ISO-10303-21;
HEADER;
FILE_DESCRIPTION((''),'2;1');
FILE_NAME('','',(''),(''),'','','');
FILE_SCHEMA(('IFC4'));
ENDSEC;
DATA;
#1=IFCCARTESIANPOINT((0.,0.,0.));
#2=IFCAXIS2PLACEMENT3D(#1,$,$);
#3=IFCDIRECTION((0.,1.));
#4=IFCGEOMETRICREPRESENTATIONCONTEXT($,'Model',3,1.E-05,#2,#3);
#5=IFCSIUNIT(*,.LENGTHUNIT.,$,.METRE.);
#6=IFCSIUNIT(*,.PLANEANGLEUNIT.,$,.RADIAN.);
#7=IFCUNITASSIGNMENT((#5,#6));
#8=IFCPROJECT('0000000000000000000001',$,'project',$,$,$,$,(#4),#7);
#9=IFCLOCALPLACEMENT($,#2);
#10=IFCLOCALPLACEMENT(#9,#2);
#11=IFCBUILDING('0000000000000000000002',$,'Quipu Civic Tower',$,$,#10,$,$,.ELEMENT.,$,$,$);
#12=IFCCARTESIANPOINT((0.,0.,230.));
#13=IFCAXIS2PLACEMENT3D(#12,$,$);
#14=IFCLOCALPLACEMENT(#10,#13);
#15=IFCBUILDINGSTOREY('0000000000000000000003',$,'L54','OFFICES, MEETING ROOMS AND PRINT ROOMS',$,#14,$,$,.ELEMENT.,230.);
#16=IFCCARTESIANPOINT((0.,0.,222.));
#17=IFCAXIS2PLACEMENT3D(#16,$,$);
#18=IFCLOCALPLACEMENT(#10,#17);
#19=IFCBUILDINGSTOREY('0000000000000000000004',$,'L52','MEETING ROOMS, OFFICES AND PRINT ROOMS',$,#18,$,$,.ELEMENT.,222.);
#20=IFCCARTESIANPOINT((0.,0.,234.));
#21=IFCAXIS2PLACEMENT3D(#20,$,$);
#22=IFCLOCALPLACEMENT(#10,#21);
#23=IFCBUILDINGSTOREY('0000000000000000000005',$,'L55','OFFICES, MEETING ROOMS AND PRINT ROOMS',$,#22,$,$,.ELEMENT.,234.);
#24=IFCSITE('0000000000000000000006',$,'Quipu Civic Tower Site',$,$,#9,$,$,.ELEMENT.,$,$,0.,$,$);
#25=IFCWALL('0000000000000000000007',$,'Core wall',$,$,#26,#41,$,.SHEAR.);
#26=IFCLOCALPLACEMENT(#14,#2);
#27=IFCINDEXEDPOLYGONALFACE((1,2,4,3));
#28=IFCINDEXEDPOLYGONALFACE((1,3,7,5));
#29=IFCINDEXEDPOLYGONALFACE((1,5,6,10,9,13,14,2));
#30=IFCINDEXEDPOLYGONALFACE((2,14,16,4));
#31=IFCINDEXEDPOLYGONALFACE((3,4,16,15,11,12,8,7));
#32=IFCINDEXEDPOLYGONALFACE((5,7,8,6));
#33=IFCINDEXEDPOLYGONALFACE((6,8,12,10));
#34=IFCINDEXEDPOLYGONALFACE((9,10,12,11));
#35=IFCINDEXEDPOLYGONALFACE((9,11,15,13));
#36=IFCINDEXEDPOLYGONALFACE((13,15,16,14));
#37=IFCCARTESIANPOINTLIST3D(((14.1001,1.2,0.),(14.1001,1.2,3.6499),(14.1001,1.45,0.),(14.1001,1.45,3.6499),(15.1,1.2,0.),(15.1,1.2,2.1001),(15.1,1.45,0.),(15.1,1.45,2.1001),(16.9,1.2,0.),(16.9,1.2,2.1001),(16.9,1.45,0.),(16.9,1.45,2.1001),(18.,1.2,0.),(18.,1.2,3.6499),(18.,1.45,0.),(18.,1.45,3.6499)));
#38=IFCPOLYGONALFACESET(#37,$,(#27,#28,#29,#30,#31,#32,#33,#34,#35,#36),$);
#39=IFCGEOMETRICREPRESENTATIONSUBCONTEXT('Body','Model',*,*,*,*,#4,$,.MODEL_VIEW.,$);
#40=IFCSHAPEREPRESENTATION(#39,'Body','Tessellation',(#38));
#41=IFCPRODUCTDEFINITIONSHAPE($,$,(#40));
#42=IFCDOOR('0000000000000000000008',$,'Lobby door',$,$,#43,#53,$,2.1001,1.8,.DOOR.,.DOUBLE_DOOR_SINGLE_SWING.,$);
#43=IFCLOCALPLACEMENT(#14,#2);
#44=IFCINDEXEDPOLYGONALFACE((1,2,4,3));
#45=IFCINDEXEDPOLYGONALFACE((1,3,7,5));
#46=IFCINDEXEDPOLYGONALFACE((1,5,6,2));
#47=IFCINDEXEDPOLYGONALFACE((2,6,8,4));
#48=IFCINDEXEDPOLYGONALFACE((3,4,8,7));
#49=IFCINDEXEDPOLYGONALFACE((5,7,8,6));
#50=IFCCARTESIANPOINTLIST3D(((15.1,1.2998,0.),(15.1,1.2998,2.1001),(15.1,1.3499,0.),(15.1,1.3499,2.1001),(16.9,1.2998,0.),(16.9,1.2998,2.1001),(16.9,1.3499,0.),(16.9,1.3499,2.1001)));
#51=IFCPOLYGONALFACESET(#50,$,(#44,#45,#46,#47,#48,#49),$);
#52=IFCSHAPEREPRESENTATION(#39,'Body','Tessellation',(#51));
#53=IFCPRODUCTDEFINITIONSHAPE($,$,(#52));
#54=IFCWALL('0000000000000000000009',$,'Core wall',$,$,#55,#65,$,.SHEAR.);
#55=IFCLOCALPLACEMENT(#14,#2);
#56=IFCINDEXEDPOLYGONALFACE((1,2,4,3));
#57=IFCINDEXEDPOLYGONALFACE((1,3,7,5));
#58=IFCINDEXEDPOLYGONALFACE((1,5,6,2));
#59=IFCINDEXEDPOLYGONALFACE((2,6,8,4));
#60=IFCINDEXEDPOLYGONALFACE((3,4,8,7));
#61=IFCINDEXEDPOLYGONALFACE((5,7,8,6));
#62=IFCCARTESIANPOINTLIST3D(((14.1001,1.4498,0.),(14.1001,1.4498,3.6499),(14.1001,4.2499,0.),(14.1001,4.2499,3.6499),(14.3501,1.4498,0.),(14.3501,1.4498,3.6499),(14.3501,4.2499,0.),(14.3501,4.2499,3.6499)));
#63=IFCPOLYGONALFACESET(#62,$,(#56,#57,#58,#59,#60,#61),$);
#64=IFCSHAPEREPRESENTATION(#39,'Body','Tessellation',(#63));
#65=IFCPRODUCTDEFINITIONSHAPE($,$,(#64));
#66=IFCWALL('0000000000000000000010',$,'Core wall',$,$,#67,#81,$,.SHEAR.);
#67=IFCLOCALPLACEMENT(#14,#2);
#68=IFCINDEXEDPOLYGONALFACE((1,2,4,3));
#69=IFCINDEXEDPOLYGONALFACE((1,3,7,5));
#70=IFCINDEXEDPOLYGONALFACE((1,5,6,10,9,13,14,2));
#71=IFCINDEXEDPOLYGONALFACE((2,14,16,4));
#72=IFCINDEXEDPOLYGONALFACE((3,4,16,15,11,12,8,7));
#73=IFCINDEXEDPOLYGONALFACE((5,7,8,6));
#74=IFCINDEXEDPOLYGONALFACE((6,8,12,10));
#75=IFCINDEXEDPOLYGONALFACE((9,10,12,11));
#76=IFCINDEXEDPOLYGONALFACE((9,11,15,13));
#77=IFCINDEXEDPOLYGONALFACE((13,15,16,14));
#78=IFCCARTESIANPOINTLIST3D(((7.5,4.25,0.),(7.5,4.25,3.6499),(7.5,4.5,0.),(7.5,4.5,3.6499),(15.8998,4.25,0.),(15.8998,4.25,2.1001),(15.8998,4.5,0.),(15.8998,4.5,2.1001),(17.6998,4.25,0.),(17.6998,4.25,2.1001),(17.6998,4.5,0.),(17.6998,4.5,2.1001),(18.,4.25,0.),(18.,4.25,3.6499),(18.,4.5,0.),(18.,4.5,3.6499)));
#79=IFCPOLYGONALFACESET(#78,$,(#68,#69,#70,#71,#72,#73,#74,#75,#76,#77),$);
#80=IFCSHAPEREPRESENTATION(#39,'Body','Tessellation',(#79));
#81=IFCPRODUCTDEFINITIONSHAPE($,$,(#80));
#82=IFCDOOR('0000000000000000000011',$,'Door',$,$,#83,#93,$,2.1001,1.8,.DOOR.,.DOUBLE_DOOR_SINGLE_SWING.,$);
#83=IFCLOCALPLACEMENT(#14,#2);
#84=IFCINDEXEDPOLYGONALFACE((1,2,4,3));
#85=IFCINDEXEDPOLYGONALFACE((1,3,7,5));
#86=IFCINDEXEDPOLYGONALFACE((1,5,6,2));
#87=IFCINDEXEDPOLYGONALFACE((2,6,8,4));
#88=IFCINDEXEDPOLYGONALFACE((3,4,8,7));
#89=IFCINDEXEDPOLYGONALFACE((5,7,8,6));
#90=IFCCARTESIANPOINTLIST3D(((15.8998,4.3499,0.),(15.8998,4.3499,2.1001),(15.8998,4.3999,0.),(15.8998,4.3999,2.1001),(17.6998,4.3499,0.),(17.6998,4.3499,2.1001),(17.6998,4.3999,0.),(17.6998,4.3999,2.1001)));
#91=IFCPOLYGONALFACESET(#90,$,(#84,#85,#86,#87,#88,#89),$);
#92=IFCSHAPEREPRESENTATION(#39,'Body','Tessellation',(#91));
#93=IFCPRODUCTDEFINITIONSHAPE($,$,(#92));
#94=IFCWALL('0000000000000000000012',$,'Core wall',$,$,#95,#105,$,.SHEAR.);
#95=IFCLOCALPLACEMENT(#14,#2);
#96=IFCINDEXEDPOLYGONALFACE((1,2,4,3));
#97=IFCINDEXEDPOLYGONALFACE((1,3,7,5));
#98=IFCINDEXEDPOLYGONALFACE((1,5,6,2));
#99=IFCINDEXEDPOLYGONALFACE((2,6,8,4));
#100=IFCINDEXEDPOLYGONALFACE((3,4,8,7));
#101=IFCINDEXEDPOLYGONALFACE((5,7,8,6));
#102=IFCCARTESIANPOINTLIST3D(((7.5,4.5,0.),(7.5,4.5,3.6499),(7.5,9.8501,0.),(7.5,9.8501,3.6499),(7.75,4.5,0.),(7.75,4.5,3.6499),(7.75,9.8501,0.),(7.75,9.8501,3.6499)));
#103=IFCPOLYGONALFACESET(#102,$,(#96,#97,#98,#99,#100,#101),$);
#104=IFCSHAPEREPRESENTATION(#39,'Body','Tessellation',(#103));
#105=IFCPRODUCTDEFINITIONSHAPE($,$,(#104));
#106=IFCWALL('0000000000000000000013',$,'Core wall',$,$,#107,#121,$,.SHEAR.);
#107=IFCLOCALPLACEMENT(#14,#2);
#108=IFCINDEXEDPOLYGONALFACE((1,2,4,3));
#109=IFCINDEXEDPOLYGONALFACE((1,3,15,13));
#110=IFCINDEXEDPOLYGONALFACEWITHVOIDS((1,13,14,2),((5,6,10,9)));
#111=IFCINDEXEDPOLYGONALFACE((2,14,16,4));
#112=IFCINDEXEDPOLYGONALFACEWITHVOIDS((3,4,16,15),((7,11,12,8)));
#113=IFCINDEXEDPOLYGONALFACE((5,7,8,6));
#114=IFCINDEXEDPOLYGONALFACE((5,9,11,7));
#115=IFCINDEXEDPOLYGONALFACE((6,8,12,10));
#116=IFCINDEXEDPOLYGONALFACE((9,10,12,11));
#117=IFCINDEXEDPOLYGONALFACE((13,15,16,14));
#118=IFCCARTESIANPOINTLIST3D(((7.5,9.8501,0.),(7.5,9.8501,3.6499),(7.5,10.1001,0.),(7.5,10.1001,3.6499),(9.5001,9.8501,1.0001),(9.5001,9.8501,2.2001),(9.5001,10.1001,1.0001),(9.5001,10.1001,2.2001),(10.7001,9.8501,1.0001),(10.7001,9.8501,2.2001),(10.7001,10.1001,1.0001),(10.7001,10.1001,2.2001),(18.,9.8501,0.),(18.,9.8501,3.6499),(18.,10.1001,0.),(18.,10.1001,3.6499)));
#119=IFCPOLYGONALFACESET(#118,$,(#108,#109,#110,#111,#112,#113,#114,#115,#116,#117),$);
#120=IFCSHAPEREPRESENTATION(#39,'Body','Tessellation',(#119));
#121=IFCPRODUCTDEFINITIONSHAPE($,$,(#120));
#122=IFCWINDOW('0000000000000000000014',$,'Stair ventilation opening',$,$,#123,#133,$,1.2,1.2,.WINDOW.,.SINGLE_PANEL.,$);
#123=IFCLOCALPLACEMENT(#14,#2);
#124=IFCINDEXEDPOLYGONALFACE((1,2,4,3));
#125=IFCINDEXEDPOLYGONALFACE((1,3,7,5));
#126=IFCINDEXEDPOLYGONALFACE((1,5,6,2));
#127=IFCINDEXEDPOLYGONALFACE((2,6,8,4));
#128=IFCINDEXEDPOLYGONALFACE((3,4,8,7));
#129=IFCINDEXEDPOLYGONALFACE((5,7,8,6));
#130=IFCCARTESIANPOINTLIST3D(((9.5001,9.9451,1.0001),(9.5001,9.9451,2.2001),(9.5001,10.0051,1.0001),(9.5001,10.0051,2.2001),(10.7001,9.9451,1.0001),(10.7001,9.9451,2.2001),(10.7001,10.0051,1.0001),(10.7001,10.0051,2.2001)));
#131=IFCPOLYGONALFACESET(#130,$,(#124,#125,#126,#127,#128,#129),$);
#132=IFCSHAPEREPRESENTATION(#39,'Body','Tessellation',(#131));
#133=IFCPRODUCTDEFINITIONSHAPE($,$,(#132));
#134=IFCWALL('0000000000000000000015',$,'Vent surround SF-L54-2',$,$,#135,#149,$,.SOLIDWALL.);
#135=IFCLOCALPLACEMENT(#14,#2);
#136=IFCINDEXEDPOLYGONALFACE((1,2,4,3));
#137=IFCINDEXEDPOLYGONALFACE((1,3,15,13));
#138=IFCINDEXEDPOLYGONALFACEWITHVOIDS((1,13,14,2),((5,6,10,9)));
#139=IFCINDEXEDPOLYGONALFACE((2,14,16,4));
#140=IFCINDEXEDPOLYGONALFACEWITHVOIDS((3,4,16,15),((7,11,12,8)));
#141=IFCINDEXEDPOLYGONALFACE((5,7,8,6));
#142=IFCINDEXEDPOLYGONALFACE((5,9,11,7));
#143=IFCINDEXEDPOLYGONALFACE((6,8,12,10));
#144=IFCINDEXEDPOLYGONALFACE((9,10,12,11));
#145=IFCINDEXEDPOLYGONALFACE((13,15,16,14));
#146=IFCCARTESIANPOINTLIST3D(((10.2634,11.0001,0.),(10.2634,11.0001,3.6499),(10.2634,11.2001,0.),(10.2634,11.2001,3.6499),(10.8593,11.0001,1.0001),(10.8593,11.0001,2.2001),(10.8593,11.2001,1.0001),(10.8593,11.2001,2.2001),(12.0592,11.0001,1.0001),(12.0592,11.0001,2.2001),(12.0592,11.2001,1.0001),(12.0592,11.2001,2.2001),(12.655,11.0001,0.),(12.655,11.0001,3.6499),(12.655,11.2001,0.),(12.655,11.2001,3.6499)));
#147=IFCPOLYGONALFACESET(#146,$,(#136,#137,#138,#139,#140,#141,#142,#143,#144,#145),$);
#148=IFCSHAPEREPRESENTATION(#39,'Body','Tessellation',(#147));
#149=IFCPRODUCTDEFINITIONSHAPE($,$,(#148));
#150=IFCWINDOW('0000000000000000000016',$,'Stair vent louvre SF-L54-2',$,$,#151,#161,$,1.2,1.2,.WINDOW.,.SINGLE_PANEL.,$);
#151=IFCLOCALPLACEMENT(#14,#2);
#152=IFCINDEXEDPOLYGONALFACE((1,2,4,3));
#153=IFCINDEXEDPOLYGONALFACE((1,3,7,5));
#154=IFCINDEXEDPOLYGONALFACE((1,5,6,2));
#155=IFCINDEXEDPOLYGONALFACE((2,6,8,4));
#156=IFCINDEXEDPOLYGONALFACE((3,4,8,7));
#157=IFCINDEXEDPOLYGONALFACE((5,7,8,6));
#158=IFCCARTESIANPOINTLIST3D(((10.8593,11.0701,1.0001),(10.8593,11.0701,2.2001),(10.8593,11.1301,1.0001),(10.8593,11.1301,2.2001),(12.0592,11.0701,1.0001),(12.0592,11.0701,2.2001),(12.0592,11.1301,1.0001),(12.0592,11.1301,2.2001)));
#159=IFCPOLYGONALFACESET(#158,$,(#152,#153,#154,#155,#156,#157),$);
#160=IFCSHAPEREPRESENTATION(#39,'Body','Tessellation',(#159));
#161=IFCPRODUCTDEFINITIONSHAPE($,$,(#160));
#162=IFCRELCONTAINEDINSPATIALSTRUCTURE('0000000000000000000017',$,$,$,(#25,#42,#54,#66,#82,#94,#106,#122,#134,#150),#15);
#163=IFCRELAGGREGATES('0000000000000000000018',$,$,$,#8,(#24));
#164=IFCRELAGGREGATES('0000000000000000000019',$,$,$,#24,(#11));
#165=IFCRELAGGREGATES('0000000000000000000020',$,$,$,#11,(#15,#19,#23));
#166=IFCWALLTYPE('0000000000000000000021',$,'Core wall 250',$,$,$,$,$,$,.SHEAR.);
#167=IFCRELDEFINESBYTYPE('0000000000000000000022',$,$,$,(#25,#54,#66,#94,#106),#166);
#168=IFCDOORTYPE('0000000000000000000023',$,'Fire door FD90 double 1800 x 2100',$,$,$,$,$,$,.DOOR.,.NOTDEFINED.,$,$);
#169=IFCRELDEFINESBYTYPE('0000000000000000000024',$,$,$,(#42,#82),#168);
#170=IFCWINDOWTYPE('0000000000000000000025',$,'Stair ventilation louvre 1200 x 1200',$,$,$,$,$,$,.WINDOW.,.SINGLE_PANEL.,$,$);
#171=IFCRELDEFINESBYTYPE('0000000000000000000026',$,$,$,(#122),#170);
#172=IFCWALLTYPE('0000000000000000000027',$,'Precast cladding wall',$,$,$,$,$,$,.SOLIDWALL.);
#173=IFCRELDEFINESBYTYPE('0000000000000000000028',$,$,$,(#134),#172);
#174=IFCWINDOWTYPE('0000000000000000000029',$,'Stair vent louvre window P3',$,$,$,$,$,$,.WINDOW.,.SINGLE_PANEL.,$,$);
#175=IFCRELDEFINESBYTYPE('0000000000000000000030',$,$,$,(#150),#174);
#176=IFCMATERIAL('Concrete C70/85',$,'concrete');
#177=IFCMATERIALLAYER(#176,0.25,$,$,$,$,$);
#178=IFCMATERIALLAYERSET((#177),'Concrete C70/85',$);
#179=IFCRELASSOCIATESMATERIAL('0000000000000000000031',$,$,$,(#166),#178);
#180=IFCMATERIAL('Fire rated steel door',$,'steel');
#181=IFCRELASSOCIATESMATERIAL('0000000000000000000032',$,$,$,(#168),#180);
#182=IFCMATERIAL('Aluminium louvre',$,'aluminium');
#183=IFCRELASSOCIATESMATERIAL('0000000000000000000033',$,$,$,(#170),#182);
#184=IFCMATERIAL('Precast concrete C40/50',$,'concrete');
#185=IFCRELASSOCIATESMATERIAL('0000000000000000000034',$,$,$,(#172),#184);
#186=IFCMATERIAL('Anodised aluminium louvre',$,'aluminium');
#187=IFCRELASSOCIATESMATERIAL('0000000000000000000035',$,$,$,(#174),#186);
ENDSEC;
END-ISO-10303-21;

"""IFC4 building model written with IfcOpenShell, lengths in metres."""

from ifc_helpers import new_model, si_unit, direction, frame, frame_2d, origin, place, context, subcontext, project, spatial, rectangle, extrude, material, layer, layer_set, type_object, element, fill, save


model = new_model("IFC4")

# Units and contexts
model_context = context("Model", 3, precision=1e-05, world=origin(), true_north=direction((0.0, 1.0)))
body_context = subcontext(model_context, "Body", "Model", "MODEL_VIEW")
ifc_project = project(units=[si_unit("LENGTHUNIT", "METRE"), si_unit("PLANEANGLEUNIT", "RADIAN")], contexts=[model_context])

# Site, building, storey
site_placement = place(None, origin())
site = spatial("IfcSite", under=ifc_project, at=site_placement, Name="Quipu Civic Tower Site", CompositionType="ELEMENT", RefElevation=0.0)
building_placement = place(site_placement, origin())
building = spatial("IfcBuilding", under=site, at=building_placement, Name="Quipu Civic Tower", CompositionType="ELEMENT")
storey_1_placement = place(building_placement, frame((0.0, 0.0, 230.0)))
storey_1 = spatial("IfcBuildingStorey", under=building, at=storey_1_placement, Name="L54", Description="OFFICES, MEETING ROOMS AND PRINT ROOMS", CompositionType="ELEMENT", Elevation=230.0)

# Shared definitions
storey_2_placement = place(building_placement, frame((0.0, 0.0, 222.0)))
storey_2 = spatial("IfcBuildingStorey", under=building, at=storey_2_placement, Name="L52", Description="MEETING ROOMS, OFFICES AND PRINT ROOMS", CompositionType="ELEMENT", Elevation=222.0)

# Shared definitions
storey_3_placement = place(building_placement, frame((0.0, 0.0, 234.0)))
storey_3 = spatial("IfcBuildingStorey", under=building, at=storey_3_placement, Name="L55", Description="OFFICES, MEETING ROOMS AND PRINT ROOMS", CompositionType="ELEMENT", Elevation=234.0)

# Wall, opening, door
ifc_material_1 = material(Name="Concrete C70/85", Category="concrete")
ifc_layer_1 = layer(ifc_material_1, 0.25)
ifc_layer_set_1 = layer_set([ifc_layer_1], Name="Concrete C70/85")
wall_type_1 = type_object("IfcWallType", Name="Core wall 250", PredefinedType="SHEAR", material=ifc_layer_set_1)
wall_1_placement = place(storey_1_placement, frame((14.1001, 1.325, 0.0), z_axis=(0.0, 0.0, 1.0), x_axis=(1.0, 0.0, 0.0)))
wall_1 = element("IfcWall", 1, at=wall_1_placement, inside=storey_1, type_object=wall_type_1, Name="Core wall", PredefinedType="SHEAR", context=body_context, shape_type="SweptSolid", body=[
    extrude(rectangle(XDim=3.8999, YDim=0.25, at=frame_2d((1.95, 0.0))), origin(), (0.0, 0.0, 1.0), 3.6499),
])
opening_1_placement = place(wall_1_placement, frame((1.0, 0.0, 0.0)))
opening_1 = element("IfcOpeningElement", 2, at=opening_1_placement, cuts=wall_1, PredefinedType="OPENING", context=body_context, shape_type="SweptSolid", body=[
    extrude(rectangle(XDim=1.8, YDim=2.1001, at=frame_2d((0.8999, 1.05))), frame((0.0, 0.135, 0.0), z_axis=(0.0, -1.0, 0.0), x_axis=(1.0, 0.0, 0.0)), (0.0, 0.0, 1.0), 0.27),
])
ifc_material_2 = material(Name="Fire rated steel door", Category="steel")
door_type = type_object("IfcDoorType", Name="Fire door FD90 double 1800 x 2100", OperationType="NOTDEFINED", PredefinedType="DOOR", material=ifc_material_2)
door_1_placement = place(opening_1_placement, origin())
door_1 = element("IfcDoor", 3, at=door_1_placement, inside=storey_1, type_object=door_type, Name="Lobby door", OperationType="DOUBLE_DOOR_SINGLE_SWING", OverallHeight=2.1001, OverallWidth=1.8, PredefinedType="DOOR", context=body_context, shape_type="SweptSolid", body=[
    extrude(rectangle(XDim=1.8, YDim=2.1001, at=frame_2d((0.8999, 1.05))), frame((0.0, 0.0249, 0.0), z_axis=(0.0, -1.0, 0.0), x_axis=(1.0, 0.0, 0.0)), (0.0, 0.0, 1.0), 0.05),
])
fill(opening_1, door_1)

# Wall
wall_2_placement = place(storey_1_placement, frame((14.2251, 1.45, 0.0), z_axis=(0.0, 0.0, 1.0), x_axis=(0.0, 1.0, 0.0)))
element("IfcWall", 4, at=wall_2_placement, inside=storey_1, type_object=wall_type_1, Name="Core wall", PredefinedType="SHEAR", context=body_context, shape_type="SweptSolid", body=[
    extrude(rectangle(XDim=2.8, YDim=0.25, at=frame_2d((1.3999, 0.0))), origin(), (0.0, 0.0, 1.0), 3.6499),
])

# Wall, opening, door
wall_3_placement = place(storey_1_placement, frame((7.5, 4.375, 0.0), z_axis=(0.0, 0.0, 1.0), x_axis=(1.0, 0.0, 0.0)))
wall_3 = element("IfcWall", 5, at=wall_3_placement, inside=storey_1, type_object=wall_type_1, Name="Core wall", PredefinedType="SHEAR", context=body_context, shape_type="SweptSolid", body=[
    extrude(rectangle(XDim=10.5, YDim=0.25, at=frame_2d((5.25, 0.0))), origin(), (0.0, 0.0, 1.0), 3.6499),
])
opening_2_placement = place(wall_3_placement, frame((8.3999, 0.0, 0.0)))
opening_2 = element("IfcOpeningElement", 6, at=opening_2_placement, cuts=wall_3, PredefinedType="OPENING", context=body_context, shape_type="SweptSolid", body=[
    extrude(rectangle(XDim=1.8, YDim=2.1001, at=frame_2d((0.8999, 1.05))), frame((0.0, 0.135, 0.0), z_axis=(0.0, -1.0, 0.0), x_axis=(1.0, 0.0, 0.0)), (0.0, 0.0, 1.0), 0.27),
])
door_2_placement = place(opening_2_placement, origin())
door_2 = element("IfcDoor", 7, at=door_2_placement, inside=storey_1, type_object=door_type, Name="Door", OperationType="DOUBLE_DOOR_SINGLE_SWING", OverallHeight=2.1001, OverallWidth=1.8, PredefinedType="DOOR", context=body_context, shape_type="SweptSolid", body=[
    extrude(rectangle(XDim=1.8, YDim=2.1001, at=frame_2d((0.8999, 1.05))), frame((0.0, 0.0249, 0.0), z_axis=(0.0, -1.0, 0.0), x_axis=(1.0, 0.0, 0.0)), (0.0, 0.0, 1.0), 0.05),
])
fill(opening_2, door_2)

# Wall
wall_4_placement = place(storey_1_placement, frame((7.625, 4.5, 0.0), z_axis=(0.0, 0.0, 1.0), x_axis=(0.0, 1.0, 0.0)))
element("IfcWall", 8, at=wall_4_placement, inside=storey_1, type_object=wall_type_1, Name="Core wall", PredefinedType="SHEAR", context=body_context, shape_type="SweptSolid", body=[
    extrude(rectangle(XDim=5.3501, YDim=0.25, at=frame_2d((2.675, 0.0))), origin(), (0.0, 0.0, 1.0), 3.6499),
])

# Walls, openings, windows
wall_5_placement = place(storey_1_placement, frame((7.5, 9.9751, 0.0), z_axis=(0.0, 0.0, 1.0), x_axis=(1.0, 0.0, 0.0)))
wall_5 = element("IfcWall", 9, at=wall_5_placement, inside=storey_1, type_object=wall_type_1, Name="Core wall", PredefinedType="SHEAR", context=body_context, shape_type="SweptSolid", body=[
    extrude(rectangle(XDim=10.5, YDim=0.25, at=frame_2d((5.25, 0.0))), origin(), (0.0, 0.0, 1.0), 3.6499),
])
opening_3_placement = place(wall_5_placement, frame((2.0, 0.0, 1.0)))
opening_3 = element("IfcOpeningElement", 10, at=opening_3_placement, cuts=wall_5, PredefinedType="OPENING", context=body_context, shape_type="SweptSolid", body=[
    extrude(rectangle(XDim=1.2, YDim=1.2, at=frame_2d((0.6001, 0.6001))), frame((0.0, 0.135, 0.0), z_axis=(0.0, -1.0, 0.0), x_axis=(1.0, 0.0, 0.0)), (0.0, 0.0, 1.0), 0.27),
])
ifc_material_3 = material(Name="Aluminium louvre", Category="aluminium")
window_type_1 = type_object("IfcWindowType", Name="Stair ventilation louvre 1200 x 1200", PartitioningType="SINGLE_PANEL", PredefinedType="WINDOW", material=ifc_material_3)
window_1_placement = place(opening_3_placement, origin())
window_1 = element("IfcWindow", 11, at=window_1_placement, inside=storey_1, type_object=window_type_1, Name="Stair ventilation opening", OverallHeight=1.2, OverallWidth=1.2, PartitioningType="SINGLE_PANEL", PredefinedType="WINDOW", context=body_context, shape_type="SweptSolid", body=[
    extrude(rectangle(XDim=1.2, YDim=1.2, at=frame_2d((0.6001, 0.6001))), frame((0.0, 0.03, 0.0), z_axis=(0.0, -1.0, 0.0), x_axis=(1.0, 0.0, 0.0)), (0.0, 0.0, 1.0), 0.0601),
])
fill(opening_3, window_1)
ifc_material_4 = material(Name="Precast concrete C40/50", Category="concrete")
wall_type_2 = type_object("IfcWallType", Name="Precast cladding wall", PredefinedType="SOLIDWALL", material=ifc_material_4)
wall_6_placement = place(storey_1_placement, frame((12.655, 11.1001, 0.0), z_axis=(0.0, 0.0, 1.0), x_axis=(-1.0, 0.0, 0.0)))
wall_6 = element("IfcWall", 12, at=wall_6_placement, inside=storey_1, type_object=wall_type_2, Name="Vent surround SF-L54-2", PredefinedType="SOLIDWALL", context=body_context, shape_type="SweptSolid", body=[
    extrude(rectangle(XDim=2.3916, YDim=0.2, at=frame_2d((1.1958, 0.0))), origin(), (0.0, 0.0, 1.0), 3.6499),
])
opening_4_placement = place(wall_6_placement, frame((0.5957, 0.0, 1.0)))
opening_4 = element("IfcOpeningElement", 13, at=opening_4_placement, cuts=wall_6, PredefinedType="OPENING", context=body_context, shape_type="SweptSolid", body=[
    extrude(rectangle(XDim=1.2, YDim=1.2, at=frame_2d((0.6001, 0.6001))), frame((0.0, 0.1099, 0.0), z_axis=(0.0, -1.0, 0.0), x_axis=(1.0, 0.0, 0.0)), (0.0, 0.0, 1.0), 0.22),
])
ifc_material_5 = material(Name="Anodised aluminium louvre", Category="aluminium")
window_type_2 = type_object("IfcWindowType", Name="Stair vent louvre window P3", PartitioningType="SINGLE_PANEL", PredefinedType="WINDOW", material=ifc_material_5)
window_2_placement = place(opening_4_placement, origin())
window_2 = element("IfcWindow", 14, at=window_2_placement, inside=storey_1, type_object=window_type_2, Name="Stair vent louvre SF-L54-2", OverallHeight=1.2, OverallWidth=1.2, PartitioningType="SINGLE_PANEL", PredefinedType="WINDOW", context=body_context, shape_type="SweptSolid", body=[
    extrude(rectangle(XDim=1.2, YDim=1.2, at=frame_2d((0.6001, 0.6001))), frame((0.0, 0.03, 0.0), z_axis=(0.0, -1.0, 0.0), x_axis=(1.0, 0.0, 0.0)), (0.0, 0.0, 1.0), 0.0601),
])
fill(opening_4, window_2)

save(model, "model.ifc")
